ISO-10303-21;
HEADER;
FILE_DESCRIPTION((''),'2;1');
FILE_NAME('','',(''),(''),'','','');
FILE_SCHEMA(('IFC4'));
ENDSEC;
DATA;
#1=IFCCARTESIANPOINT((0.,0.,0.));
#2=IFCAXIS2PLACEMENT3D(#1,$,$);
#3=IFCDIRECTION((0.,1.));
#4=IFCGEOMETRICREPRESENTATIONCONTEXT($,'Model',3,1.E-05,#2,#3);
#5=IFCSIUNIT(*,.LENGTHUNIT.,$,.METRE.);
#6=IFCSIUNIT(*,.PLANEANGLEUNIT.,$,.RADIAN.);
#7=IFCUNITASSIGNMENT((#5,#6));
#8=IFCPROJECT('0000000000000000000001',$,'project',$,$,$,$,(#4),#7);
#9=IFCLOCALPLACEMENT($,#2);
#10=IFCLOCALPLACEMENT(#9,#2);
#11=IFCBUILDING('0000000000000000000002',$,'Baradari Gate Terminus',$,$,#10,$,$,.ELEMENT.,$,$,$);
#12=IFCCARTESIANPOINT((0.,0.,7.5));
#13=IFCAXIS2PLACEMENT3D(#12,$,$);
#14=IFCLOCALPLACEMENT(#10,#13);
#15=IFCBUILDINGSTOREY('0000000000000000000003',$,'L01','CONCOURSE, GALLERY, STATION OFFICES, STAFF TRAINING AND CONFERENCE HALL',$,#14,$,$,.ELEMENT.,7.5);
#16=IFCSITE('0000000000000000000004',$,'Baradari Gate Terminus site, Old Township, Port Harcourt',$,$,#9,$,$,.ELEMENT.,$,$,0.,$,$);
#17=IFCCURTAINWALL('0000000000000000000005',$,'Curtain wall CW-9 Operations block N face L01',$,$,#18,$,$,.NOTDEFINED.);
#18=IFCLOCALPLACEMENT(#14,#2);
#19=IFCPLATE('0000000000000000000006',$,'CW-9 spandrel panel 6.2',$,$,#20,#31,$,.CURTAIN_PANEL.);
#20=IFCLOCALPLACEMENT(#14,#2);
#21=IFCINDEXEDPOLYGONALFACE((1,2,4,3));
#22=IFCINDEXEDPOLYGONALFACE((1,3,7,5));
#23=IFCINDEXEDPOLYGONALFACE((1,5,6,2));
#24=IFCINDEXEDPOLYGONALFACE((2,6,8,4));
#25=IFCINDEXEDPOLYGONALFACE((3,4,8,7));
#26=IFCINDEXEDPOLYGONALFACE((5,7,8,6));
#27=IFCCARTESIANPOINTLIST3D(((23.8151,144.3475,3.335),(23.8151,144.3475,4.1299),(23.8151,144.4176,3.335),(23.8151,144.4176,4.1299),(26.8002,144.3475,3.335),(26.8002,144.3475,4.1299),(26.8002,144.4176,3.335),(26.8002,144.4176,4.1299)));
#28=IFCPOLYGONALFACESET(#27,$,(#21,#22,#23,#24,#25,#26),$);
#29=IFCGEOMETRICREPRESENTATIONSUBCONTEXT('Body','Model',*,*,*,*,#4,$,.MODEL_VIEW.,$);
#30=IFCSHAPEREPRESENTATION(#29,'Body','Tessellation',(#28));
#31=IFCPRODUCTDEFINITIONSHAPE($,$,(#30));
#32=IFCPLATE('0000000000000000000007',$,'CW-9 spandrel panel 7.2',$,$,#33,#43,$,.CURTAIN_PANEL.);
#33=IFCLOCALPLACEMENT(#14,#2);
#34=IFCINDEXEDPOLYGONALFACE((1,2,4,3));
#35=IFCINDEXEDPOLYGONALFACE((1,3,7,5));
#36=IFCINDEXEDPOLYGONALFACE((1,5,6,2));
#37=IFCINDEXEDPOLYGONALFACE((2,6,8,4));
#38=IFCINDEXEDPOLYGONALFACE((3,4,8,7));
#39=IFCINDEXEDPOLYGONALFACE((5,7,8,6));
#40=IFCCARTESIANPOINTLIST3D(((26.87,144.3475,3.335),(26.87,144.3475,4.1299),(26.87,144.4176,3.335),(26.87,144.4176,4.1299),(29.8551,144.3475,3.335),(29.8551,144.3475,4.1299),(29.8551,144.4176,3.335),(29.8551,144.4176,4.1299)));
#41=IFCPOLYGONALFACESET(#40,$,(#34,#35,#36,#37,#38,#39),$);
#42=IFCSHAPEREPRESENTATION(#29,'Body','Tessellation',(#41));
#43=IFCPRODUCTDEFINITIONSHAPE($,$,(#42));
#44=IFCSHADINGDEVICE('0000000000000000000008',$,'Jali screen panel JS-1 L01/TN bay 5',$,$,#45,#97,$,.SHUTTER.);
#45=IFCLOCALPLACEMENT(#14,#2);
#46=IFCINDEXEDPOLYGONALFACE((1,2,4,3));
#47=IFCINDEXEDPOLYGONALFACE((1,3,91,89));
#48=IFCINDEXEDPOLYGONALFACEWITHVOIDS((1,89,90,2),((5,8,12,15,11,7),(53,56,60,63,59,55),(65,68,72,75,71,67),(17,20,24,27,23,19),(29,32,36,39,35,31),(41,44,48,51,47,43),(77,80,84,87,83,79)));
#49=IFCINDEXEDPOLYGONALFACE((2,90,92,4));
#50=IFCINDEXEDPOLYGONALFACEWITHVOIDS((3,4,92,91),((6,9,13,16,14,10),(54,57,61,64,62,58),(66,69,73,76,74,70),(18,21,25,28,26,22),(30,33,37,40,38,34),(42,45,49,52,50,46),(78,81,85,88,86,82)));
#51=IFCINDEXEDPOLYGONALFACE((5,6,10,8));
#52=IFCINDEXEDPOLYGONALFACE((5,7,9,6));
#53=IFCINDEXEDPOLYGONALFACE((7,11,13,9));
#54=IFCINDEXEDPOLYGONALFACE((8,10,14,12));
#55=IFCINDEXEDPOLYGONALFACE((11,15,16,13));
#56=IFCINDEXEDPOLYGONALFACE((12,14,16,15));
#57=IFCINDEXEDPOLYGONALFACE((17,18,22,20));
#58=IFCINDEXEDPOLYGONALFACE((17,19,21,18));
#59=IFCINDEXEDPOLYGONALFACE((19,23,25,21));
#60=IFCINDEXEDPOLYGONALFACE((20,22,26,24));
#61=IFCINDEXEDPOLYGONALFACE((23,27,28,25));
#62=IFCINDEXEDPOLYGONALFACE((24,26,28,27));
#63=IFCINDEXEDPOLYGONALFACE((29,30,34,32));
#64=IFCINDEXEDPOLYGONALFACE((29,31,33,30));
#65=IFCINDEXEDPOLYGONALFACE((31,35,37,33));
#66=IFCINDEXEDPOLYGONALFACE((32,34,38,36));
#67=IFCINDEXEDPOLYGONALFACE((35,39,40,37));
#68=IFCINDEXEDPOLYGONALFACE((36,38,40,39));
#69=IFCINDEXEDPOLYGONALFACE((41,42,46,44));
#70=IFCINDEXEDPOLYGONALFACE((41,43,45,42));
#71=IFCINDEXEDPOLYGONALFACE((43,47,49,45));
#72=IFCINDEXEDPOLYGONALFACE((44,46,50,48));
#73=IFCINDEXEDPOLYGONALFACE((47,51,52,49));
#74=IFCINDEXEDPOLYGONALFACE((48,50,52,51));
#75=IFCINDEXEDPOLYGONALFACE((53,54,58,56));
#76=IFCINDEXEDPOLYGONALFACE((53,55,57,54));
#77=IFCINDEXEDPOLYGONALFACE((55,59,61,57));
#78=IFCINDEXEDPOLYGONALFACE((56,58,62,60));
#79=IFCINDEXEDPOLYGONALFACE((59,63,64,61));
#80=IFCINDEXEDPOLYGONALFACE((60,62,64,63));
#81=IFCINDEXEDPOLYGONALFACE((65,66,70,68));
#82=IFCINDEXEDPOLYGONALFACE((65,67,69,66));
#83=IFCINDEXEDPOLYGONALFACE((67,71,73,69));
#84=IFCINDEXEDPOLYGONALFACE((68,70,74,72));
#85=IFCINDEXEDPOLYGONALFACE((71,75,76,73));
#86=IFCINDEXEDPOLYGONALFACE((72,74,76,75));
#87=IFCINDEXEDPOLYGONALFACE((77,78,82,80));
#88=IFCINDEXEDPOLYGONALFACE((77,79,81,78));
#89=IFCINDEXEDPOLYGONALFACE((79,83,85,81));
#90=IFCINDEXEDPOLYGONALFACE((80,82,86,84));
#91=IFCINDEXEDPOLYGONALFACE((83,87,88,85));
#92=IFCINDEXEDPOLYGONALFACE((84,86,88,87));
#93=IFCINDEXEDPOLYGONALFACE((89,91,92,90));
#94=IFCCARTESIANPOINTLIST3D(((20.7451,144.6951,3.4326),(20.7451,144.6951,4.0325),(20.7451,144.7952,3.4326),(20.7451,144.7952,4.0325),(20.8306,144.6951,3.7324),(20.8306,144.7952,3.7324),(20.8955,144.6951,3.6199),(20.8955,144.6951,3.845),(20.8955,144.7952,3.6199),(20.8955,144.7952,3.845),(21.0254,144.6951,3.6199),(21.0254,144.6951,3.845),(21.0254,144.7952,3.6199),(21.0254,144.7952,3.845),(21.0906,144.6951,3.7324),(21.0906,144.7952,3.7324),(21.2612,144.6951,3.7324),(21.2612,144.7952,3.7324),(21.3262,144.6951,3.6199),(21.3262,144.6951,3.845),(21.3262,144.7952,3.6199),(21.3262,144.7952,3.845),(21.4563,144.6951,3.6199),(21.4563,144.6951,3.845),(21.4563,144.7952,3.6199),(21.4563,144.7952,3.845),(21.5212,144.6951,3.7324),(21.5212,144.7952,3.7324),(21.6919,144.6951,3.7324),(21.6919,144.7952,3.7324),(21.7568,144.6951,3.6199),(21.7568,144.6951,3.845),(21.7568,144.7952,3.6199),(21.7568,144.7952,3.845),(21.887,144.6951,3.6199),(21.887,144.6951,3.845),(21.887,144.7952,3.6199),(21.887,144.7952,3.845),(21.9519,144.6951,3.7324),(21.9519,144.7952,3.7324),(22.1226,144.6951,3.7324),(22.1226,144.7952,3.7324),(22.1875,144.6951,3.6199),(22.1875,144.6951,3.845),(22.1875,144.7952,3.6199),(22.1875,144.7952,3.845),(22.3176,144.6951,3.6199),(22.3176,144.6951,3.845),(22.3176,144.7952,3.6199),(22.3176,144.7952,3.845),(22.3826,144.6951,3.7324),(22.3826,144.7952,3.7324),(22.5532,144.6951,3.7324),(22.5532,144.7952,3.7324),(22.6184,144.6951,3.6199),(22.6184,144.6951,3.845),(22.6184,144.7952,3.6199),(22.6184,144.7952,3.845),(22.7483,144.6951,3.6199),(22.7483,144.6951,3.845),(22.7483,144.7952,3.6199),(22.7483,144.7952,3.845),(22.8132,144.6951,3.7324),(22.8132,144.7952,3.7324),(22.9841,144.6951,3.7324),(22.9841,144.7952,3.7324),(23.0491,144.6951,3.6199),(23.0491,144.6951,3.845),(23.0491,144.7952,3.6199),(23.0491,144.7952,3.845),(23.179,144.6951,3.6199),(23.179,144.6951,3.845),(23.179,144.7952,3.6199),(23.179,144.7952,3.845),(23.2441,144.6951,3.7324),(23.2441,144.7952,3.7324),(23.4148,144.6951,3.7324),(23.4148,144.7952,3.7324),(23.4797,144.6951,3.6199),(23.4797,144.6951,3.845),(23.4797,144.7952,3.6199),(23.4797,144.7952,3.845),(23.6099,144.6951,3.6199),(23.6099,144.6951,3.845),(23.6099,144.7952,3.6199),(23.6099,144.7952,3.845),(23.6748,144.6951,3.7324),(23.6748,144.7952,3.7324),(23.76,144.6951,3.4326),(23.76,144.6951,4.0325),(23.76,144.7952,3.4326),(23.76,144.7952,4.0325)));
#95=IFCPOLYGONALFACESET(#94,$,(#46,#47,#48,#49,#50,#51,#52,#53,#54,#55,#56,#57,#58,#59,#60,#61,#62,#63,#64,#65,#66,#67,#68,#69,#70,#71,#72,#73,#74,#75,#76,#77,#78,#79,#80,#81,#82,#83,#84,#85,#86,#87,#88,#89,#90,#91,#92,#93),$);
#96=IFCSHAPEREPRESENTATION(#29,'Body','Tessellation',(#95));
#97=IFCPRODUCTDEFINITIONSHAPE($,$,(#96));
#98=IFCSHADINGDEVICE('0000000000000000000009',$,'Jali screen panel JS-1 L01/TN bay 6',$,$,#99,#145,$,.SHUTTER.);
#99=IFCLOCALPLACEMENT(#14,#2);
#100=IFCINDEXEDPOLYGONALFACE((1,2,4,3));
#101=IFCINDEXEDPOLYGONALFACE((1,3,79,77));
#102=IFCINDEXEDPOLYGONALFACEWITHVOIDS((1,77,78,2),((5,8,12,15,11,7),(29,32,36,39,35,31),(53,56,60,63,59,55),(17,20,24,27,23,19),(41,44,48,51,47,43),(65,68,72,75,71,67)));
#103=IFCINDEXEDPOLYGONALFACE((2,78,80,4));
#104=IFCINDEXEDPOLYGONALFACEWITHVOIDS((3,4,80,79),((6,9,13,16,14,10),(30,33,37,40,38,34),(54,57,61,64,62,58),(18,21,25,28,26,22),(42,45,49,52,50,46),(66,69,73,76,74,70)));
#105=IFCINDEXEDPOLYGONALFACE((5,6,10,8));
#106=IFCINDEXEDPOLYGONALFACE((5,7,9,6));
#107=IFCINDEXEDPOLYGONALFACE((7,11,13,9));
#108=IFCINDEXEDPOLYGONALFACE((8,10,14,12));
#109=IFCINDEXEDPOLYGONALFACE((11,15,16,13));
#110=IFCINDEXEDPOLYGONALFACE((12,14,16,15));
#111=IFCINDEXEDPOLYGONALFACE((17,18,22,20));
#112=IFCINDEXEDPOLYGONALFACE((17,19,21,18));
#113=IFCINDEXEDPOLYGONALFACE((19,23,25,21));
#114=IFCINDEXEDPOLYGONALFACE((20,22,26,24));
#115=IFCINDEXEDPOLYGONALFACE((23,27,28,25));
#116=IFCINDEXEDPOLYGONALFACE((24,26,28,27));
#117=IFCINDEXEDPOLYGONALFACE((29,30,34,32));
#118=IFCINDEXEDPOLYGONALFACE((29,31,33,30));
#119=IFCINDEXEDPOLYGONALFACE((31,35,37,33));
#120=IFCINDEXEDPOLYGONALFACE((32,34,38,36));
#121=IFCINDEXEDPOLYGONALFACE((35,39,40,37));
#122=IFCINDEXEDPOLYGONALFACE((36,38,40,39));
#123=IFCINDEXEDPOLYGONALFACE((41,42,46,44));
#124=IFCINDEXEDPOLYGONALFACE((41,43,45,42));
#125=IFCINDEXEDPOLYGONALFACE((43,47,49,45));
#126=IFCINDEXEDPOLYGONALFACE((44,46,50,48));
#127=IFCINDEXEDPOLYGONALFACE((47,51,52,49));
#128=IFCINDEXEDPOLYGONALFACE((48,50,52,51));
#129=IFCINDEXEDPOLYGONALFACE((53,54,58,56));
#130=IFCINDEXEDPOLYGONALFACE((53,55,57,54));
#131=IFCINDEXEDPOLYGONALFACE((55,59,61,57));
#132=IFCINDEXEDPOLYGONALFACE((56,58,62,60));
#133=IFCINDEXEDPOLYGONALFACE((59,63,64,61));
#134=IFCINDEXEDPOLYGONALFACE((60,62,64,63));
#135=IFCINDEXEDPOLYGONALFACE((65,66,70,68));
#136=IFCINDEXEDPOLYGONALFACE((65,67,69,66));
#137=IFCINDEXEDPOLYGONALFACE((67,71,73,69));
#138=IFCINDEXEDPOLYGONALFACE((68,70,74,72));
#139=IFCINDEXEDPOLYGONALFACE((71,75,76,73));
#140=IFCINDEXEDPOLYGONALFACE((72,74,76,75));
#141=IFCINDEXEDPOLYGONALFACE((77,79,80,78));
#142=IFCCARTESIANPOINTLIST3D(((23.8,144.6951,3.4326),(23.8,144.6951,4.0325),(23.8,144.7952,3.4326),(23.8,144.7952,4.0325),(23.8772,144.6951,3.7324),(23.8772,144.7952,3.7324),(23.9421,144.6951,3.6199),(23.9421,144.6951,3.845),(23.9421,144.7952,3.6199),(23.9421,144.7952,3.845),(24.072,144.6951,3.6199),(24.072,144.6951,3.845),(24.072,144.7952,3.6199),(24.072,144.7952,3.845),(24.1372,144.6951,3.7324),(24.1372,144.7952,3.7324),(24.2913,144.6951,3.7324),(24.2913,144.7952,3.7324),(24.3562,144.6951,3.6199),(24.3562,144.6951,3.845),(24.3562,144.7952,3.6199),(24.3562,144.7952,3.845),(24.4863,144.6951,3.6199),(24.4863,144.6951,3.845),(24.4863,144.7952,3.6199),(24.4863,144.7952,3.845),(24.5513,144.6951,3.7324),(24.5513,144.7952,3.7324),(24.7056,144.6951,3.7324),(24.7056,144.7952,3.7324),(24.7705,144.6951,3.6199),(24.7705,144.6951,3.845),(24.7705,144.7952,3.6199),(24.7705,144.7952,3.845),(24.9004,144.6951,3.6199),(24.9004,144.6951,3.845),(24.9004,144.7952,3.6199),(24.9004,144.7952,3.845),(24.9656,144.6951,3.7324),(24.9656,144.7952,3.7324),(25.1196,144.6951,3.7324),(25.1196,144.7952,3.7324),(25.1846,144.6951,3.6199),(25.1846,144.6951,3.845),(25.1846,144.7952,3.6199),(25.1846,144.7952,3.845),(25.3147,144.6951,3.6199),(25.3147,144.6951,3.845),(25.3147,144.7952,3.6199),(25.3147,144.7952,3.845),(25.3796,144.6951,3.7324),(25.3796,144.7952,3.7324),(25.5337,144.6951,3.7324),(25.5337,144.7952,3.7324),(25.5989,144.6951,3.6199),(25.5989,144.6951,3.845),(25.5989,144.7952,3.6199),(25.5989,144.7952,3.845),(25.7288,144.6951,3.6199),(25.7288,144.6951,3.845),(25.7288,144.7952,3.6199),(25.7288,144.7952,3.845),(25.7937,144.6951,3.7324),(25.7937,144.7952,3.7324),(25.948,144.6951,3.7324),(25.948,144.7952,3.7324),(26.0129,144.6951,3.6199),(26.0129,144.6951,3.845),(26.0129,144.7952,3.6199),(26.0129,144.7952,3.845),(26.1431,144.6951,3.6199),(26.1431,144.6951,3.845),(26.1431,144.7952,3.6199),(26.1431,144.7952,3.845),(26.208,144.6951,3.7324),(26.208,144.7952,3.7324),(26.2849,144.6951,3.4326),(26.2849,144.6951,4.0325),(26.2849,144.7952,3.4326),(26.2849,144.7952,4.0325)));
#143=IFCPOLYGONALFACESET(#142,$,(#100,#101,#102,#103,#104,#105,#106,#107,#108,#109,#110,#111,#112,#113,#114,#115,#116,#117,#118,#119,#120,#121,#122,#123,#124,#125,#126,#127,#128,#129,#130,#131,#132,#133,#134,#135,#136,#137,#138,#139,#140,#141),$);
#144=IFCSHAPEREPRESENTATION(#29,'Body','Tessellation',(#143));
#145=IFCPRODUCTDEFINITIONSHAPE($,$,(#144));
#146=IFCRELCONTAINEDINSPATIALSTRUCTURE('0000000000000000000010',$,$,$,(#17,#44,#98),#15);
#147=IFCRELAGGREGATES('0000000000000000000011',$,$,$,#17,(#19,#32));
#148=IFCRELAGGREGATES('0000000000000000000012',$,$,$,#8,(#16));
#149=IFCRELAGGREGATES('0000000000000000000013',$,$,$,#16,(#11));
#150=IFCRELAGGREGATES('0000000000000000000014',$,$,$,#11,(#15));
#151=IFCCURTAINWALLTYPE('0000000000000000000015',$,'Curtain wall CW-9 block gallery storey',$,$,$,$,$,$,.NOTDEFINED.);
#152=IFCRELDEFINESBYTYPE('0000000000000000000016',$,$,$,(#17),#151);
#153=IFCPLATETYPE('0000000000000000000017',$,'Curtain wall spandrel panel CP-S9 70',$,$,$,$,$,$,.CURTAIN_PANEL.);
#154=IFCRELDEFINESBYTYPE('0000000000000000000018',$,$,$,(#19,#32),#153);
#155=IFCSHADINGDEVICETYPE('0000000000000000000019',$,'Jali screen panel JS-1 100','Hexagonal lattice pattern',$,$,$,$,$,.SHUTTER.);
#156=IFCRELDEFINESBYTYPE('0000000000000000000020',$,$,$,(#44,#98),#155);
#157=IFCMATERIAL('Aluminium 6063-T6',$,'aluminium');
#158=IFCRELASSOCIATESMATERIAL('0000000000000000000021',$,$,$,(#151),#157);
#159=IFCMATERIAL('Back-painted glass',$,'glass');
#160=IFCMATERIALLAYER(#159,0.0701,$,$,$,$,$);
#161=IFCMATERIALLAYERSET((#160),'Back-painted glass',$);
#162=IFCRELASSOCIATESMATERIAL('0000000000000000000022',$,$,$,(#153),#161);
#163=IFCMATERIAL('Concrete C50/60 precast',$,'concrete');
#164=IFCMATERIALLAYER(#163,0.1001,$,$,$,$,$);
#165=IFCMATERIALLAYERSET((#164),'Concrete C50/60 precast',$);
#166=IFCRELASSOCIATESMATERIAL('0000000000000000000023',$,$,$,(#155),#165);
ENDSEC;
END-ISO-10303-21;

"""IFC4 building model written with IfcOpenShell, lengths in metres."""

from ifc_helpers import new_model, si_unit, direction, frame, origin, origin_2d, place, context, subcontext, project, spatial, polyline, rectangle, outline, extrude, material, layer, layer_set, type_object, element, aggregate, save


model = new_model("IFC4")

# Units and contexts
model_context = context("Model", 3, precision=1e-05, world=origin(), true_north=direction((0.0, 1.0)))
body_context = subcontext(model_context, "Body", "Model", "MODEL_VIEW")
ifc_project = project(units=[si_unit("LENGTHUNIT", "METRE"), si_unit("PLANEANGLEUNIT", "RADIAN")], contexts=[model_context])

# Site, building, storey
site_placement = place(None, origin())
site = spatial("IfcSite", under=ifc_project, at=site_placement, Name="Baradari Gate Terminus site, Old Township, Port Harcourt", CompositionType="ELEMENT", RefElevation=0.0)
building_placement = place(site_placement, origin())
building = spatial("IfcBuilding", under=site, at=building_placement, Name="Baradari Gate Terminus", CompositionType="ELEMENT")
storey_placement = place(building_placement, frame((0.0, 0.0, 7.5)))
storey = spatial("IfcBuildingStorey", under=building, at=storey_placement, Name="L01", Description="CONCOURSE, GALLERY, STATION OFFICES, STAFF TRAINING AND CONFERENCE HALL", CompositionType="ELEMENT", Elevation=7.5)

# Curtain wall, plates
ifc_material_1 = material(Name="Aluminium 6063-T6", Category="aluminium")
curtain_wall_type = type_object("IfcCurtainWallType", Name="Curtain wall CW-9 block gallery storey", PredefinedType="NOTDEFINED", material=ifc_material_1)
curtain_wall_placement = place(storey_placement, origin())
curtain_wall = element("IfcCurtainWall", 1, at=curtain_wall_placement, inside=storey, type_object=curtain_wall_type, Name="Curtain wall CW-9 Operations block N face L01", PredefinedType="NOTDEFINED")
ifc_material_2 = material(Name="Back-painted glass", Category="glass")
ifc_layer_1 = layer(ifc_material_2, 0.0701)
ifc_layer_set_1 = layer_set([ifc_layer_1], Name="Back-painted glass")
plate_type_1 = type_object("IfcPlateType", Name="Curtain wall spandrel panel CP-S9 70", PredefinedType="CURTAIN_PANEL", material=ifc_layer_set_1)
plate_1_placement = place(storey_placement, frame((25.3076, 144.3826, 3.335), z_axis=(0.0, 0.0, 1.0), x_axis=(1.0, 0.0, 0.0)))
plate_1 = element("IfcPlate", 2, at=plate_1_placement, type_object=plate_type_1, Name="CW-9 spandrel panel 6.2", PredefinedType="CURTAIN_PANEL", context=body_context, shape_type="SweptSolid", body=[
    extrude(rectangle(XDim=2.9851, YDim=0.0701, at=origin_2d()), origin(), (0.0, 0.0, 1.0), 0.7949),
])
plate_2_placement = place(storey_placement, frame((28.3625, 144.3826, 3.335), z_axis=(0.0, 0.0, 1.0), x_axis=(1.0, 0.0, 0.0)))
plate_2 = element("IfcPlate", 3, at=plate_2_placement, type_object=plate_type_1, Name="CW-9 spandrel panel 7.2", PredefinedType="CURTAIN_PANEL", context=body_context, shape_type="SweptSolid", body=[
    extrude(rectangle(XDim=2.9851, YDim=0.0701, at=origin_2d()), origin(), (0.0, 0.0, 1.0), 0.7949),
])
aggregate(curtain_wall, [plate_1, plate_2])

# Shading devices
ifc_material_3 = material(Name="Concrete C50/60 precast", Category="concrete")
ifc_layer_2 = layer(ifc_material_3, 0.1001)
ifc_layer_set_2 = layer_set([ifc_layer_2], Name="Concrete C50/60 precast")
shading_device_type = type_object("IfcShadingDeviceType", Name="Jali screen panel JS-1 100", Description="Hexagonal lattice pattern", PredefinedType="SHUTTER", material=ifc_layer_set_2)
shading_device_1_placement = place(storey_placement, frame((20.7451, 144.7451, 3.4326), z_axis=(0.0, 0.0, 1.0), x_axis=(1.0, 0.0, 0.0)))
element("IfcShadingDevice", 4, at=shading_device_1_placement, inside=storey, type_object=shading_device_type, Name="Jali screen panel JS-1 L01/TN bay 5", PredefinedType="SHUTTER", context=body_context, shape_type="SweptSolid", body=[
    extrude(outline(polyline([(0.0, 0.0), (3.0149, 0.0), (3.0149, 0.5999), (0.0, 0.5999), (0.0, 0.0)]), holes=[polyline([(0.3455, 0.2998), (0.2803, 0.1873), (0.1504, 0.1873), (0.0854, 0.2998), (0.1504, 0.4124), (0.2803, 0.4124), (0.3455, 0.2998)]), polyline([(0.7761, 0.2998), (0.7112, 0.1873), (0.5811, 0.1873), (0.5161, 0.2998), (0.5811, 0.4124), (0.7112, 0.4124), (0.7761, 0.2998)]), polyline([(1.2068, 0.2998), (1.1418, 0.1873), (1.0117, 0.1873), (0.9468, 0.2998), (1.0117, 0.4124), (1.1418, 0.4124), (1.2068, 0.2998)]), polyline([(1.6375, 0.2998), (1.5725, 0.1873), (1.4424, 0.1873), (1.3774, 0.2998), (1.4424, 0.4124), (1.5725, 0.4124), (1.6375, 0.2998)]), polyline([(2.0681, 0.2998), (2.0032, 0.1873), (1.8733, 0.1873), (1.8081, 0.2998), (1.8733, 0.4124), (2.0032, 0.4124), (2.0681, 0.2998)]), polyline([(2.499, 0.2998), (2.4338, 0.1873), (2.304, 0.1873), (2.239, 0.2998), (2.304, 0.4124), (2.4338, 0.4124), (2.499, 0.2998)]), polyline([(2.9297, 0.2998), (2.8647, 0.1873), (2.7346, 0.1873), (2.6697, 0.2998), (2.7346, 0.4124), (2.8647, 0.4124), (2.9297, 0.2998)])]), frame((0.0, 0.05, 0.0), z_axis=(0.0, -1.0, 0.0), x_axis=(1.0, 0.0, 0.0)), (0.0, 0.0, 1.0), 0.1001),
])
shading_device_2_placement = place(storey_placement, frame((23.8, 144.7451, 3.4326), z_axis=(0.0, 0.0, 1.0), x_axis=(1.0, 0.0, 0.0)))
element("IfcShadingDevice", 5, at=shading_device_2_placement, inside=storey, type_object=shading_device_type, Name="Jali screen panel JS-1 L01/TN bay 6", PredefinedType="SHUTTER", context=body_context, shape_type="SweptSolid", body=[
    extrude(outline(polyline([(0.0, 0.0), (2.4849, 0.0), (2.4849, 0.5999), (0.0, 0.5999), (0.0, 0.0)]), holes=[polyline([(0.3372, 0.2998), (0.272, 0.1873), (0.1421, 0.1873), (0.0771, 0.2998), (0.1421, 0.4124), (0.272, 0.4124), (0.3372, 0.2998)]), polyline([(0.7512, 0.2998), (0.6863, 0.1873), (0.5562, 0.1873), (0.4912, 0.2998), (0.5562, 0.4124), (0.6863, 0.4124), (0.7512, 0.2998)]), polyline([(1.1655, 0.2998), (1.1003, 0.1873), (0.9705, 0.1873), (0.9055, 0.2998), (0.9705, 0.4124), (1.1003, 0.4124), (1.1655, 0.2998)]), polyline([(1.5796, 0.2998), (1.5146, 0.1873), (1.3845, 0.1873), (1.3196, 0.2998), (1.3845, 0.4124), (1.5146, 0.4124), (1.5796, 0.2998)]), polyline([(1.9937, 0.2998), (1.9287, 0.1873), (1.7988, 0.1873), (1.7336, 0.2998), (1.7988, 0.4124), (1.9287, 0.4124), (1.9937, 0.2998)]), polyline([(2.408, 0.2998), (2.343, 0.1873), (2.2129, 0.1873), (2.1479, 0.2998), (2.2129, 0.4124), (2.343, 0.4124), (2.408, 0.2998)])]), frame((0.0, 0.05, 0.0), z_axis=(0.0, -1.0, 0.0), x_axis=(1.0, 0.0, 0.0)), (0.0, 0.0, 1.0), 0.1001),
])

save(model, "model.ifc")
